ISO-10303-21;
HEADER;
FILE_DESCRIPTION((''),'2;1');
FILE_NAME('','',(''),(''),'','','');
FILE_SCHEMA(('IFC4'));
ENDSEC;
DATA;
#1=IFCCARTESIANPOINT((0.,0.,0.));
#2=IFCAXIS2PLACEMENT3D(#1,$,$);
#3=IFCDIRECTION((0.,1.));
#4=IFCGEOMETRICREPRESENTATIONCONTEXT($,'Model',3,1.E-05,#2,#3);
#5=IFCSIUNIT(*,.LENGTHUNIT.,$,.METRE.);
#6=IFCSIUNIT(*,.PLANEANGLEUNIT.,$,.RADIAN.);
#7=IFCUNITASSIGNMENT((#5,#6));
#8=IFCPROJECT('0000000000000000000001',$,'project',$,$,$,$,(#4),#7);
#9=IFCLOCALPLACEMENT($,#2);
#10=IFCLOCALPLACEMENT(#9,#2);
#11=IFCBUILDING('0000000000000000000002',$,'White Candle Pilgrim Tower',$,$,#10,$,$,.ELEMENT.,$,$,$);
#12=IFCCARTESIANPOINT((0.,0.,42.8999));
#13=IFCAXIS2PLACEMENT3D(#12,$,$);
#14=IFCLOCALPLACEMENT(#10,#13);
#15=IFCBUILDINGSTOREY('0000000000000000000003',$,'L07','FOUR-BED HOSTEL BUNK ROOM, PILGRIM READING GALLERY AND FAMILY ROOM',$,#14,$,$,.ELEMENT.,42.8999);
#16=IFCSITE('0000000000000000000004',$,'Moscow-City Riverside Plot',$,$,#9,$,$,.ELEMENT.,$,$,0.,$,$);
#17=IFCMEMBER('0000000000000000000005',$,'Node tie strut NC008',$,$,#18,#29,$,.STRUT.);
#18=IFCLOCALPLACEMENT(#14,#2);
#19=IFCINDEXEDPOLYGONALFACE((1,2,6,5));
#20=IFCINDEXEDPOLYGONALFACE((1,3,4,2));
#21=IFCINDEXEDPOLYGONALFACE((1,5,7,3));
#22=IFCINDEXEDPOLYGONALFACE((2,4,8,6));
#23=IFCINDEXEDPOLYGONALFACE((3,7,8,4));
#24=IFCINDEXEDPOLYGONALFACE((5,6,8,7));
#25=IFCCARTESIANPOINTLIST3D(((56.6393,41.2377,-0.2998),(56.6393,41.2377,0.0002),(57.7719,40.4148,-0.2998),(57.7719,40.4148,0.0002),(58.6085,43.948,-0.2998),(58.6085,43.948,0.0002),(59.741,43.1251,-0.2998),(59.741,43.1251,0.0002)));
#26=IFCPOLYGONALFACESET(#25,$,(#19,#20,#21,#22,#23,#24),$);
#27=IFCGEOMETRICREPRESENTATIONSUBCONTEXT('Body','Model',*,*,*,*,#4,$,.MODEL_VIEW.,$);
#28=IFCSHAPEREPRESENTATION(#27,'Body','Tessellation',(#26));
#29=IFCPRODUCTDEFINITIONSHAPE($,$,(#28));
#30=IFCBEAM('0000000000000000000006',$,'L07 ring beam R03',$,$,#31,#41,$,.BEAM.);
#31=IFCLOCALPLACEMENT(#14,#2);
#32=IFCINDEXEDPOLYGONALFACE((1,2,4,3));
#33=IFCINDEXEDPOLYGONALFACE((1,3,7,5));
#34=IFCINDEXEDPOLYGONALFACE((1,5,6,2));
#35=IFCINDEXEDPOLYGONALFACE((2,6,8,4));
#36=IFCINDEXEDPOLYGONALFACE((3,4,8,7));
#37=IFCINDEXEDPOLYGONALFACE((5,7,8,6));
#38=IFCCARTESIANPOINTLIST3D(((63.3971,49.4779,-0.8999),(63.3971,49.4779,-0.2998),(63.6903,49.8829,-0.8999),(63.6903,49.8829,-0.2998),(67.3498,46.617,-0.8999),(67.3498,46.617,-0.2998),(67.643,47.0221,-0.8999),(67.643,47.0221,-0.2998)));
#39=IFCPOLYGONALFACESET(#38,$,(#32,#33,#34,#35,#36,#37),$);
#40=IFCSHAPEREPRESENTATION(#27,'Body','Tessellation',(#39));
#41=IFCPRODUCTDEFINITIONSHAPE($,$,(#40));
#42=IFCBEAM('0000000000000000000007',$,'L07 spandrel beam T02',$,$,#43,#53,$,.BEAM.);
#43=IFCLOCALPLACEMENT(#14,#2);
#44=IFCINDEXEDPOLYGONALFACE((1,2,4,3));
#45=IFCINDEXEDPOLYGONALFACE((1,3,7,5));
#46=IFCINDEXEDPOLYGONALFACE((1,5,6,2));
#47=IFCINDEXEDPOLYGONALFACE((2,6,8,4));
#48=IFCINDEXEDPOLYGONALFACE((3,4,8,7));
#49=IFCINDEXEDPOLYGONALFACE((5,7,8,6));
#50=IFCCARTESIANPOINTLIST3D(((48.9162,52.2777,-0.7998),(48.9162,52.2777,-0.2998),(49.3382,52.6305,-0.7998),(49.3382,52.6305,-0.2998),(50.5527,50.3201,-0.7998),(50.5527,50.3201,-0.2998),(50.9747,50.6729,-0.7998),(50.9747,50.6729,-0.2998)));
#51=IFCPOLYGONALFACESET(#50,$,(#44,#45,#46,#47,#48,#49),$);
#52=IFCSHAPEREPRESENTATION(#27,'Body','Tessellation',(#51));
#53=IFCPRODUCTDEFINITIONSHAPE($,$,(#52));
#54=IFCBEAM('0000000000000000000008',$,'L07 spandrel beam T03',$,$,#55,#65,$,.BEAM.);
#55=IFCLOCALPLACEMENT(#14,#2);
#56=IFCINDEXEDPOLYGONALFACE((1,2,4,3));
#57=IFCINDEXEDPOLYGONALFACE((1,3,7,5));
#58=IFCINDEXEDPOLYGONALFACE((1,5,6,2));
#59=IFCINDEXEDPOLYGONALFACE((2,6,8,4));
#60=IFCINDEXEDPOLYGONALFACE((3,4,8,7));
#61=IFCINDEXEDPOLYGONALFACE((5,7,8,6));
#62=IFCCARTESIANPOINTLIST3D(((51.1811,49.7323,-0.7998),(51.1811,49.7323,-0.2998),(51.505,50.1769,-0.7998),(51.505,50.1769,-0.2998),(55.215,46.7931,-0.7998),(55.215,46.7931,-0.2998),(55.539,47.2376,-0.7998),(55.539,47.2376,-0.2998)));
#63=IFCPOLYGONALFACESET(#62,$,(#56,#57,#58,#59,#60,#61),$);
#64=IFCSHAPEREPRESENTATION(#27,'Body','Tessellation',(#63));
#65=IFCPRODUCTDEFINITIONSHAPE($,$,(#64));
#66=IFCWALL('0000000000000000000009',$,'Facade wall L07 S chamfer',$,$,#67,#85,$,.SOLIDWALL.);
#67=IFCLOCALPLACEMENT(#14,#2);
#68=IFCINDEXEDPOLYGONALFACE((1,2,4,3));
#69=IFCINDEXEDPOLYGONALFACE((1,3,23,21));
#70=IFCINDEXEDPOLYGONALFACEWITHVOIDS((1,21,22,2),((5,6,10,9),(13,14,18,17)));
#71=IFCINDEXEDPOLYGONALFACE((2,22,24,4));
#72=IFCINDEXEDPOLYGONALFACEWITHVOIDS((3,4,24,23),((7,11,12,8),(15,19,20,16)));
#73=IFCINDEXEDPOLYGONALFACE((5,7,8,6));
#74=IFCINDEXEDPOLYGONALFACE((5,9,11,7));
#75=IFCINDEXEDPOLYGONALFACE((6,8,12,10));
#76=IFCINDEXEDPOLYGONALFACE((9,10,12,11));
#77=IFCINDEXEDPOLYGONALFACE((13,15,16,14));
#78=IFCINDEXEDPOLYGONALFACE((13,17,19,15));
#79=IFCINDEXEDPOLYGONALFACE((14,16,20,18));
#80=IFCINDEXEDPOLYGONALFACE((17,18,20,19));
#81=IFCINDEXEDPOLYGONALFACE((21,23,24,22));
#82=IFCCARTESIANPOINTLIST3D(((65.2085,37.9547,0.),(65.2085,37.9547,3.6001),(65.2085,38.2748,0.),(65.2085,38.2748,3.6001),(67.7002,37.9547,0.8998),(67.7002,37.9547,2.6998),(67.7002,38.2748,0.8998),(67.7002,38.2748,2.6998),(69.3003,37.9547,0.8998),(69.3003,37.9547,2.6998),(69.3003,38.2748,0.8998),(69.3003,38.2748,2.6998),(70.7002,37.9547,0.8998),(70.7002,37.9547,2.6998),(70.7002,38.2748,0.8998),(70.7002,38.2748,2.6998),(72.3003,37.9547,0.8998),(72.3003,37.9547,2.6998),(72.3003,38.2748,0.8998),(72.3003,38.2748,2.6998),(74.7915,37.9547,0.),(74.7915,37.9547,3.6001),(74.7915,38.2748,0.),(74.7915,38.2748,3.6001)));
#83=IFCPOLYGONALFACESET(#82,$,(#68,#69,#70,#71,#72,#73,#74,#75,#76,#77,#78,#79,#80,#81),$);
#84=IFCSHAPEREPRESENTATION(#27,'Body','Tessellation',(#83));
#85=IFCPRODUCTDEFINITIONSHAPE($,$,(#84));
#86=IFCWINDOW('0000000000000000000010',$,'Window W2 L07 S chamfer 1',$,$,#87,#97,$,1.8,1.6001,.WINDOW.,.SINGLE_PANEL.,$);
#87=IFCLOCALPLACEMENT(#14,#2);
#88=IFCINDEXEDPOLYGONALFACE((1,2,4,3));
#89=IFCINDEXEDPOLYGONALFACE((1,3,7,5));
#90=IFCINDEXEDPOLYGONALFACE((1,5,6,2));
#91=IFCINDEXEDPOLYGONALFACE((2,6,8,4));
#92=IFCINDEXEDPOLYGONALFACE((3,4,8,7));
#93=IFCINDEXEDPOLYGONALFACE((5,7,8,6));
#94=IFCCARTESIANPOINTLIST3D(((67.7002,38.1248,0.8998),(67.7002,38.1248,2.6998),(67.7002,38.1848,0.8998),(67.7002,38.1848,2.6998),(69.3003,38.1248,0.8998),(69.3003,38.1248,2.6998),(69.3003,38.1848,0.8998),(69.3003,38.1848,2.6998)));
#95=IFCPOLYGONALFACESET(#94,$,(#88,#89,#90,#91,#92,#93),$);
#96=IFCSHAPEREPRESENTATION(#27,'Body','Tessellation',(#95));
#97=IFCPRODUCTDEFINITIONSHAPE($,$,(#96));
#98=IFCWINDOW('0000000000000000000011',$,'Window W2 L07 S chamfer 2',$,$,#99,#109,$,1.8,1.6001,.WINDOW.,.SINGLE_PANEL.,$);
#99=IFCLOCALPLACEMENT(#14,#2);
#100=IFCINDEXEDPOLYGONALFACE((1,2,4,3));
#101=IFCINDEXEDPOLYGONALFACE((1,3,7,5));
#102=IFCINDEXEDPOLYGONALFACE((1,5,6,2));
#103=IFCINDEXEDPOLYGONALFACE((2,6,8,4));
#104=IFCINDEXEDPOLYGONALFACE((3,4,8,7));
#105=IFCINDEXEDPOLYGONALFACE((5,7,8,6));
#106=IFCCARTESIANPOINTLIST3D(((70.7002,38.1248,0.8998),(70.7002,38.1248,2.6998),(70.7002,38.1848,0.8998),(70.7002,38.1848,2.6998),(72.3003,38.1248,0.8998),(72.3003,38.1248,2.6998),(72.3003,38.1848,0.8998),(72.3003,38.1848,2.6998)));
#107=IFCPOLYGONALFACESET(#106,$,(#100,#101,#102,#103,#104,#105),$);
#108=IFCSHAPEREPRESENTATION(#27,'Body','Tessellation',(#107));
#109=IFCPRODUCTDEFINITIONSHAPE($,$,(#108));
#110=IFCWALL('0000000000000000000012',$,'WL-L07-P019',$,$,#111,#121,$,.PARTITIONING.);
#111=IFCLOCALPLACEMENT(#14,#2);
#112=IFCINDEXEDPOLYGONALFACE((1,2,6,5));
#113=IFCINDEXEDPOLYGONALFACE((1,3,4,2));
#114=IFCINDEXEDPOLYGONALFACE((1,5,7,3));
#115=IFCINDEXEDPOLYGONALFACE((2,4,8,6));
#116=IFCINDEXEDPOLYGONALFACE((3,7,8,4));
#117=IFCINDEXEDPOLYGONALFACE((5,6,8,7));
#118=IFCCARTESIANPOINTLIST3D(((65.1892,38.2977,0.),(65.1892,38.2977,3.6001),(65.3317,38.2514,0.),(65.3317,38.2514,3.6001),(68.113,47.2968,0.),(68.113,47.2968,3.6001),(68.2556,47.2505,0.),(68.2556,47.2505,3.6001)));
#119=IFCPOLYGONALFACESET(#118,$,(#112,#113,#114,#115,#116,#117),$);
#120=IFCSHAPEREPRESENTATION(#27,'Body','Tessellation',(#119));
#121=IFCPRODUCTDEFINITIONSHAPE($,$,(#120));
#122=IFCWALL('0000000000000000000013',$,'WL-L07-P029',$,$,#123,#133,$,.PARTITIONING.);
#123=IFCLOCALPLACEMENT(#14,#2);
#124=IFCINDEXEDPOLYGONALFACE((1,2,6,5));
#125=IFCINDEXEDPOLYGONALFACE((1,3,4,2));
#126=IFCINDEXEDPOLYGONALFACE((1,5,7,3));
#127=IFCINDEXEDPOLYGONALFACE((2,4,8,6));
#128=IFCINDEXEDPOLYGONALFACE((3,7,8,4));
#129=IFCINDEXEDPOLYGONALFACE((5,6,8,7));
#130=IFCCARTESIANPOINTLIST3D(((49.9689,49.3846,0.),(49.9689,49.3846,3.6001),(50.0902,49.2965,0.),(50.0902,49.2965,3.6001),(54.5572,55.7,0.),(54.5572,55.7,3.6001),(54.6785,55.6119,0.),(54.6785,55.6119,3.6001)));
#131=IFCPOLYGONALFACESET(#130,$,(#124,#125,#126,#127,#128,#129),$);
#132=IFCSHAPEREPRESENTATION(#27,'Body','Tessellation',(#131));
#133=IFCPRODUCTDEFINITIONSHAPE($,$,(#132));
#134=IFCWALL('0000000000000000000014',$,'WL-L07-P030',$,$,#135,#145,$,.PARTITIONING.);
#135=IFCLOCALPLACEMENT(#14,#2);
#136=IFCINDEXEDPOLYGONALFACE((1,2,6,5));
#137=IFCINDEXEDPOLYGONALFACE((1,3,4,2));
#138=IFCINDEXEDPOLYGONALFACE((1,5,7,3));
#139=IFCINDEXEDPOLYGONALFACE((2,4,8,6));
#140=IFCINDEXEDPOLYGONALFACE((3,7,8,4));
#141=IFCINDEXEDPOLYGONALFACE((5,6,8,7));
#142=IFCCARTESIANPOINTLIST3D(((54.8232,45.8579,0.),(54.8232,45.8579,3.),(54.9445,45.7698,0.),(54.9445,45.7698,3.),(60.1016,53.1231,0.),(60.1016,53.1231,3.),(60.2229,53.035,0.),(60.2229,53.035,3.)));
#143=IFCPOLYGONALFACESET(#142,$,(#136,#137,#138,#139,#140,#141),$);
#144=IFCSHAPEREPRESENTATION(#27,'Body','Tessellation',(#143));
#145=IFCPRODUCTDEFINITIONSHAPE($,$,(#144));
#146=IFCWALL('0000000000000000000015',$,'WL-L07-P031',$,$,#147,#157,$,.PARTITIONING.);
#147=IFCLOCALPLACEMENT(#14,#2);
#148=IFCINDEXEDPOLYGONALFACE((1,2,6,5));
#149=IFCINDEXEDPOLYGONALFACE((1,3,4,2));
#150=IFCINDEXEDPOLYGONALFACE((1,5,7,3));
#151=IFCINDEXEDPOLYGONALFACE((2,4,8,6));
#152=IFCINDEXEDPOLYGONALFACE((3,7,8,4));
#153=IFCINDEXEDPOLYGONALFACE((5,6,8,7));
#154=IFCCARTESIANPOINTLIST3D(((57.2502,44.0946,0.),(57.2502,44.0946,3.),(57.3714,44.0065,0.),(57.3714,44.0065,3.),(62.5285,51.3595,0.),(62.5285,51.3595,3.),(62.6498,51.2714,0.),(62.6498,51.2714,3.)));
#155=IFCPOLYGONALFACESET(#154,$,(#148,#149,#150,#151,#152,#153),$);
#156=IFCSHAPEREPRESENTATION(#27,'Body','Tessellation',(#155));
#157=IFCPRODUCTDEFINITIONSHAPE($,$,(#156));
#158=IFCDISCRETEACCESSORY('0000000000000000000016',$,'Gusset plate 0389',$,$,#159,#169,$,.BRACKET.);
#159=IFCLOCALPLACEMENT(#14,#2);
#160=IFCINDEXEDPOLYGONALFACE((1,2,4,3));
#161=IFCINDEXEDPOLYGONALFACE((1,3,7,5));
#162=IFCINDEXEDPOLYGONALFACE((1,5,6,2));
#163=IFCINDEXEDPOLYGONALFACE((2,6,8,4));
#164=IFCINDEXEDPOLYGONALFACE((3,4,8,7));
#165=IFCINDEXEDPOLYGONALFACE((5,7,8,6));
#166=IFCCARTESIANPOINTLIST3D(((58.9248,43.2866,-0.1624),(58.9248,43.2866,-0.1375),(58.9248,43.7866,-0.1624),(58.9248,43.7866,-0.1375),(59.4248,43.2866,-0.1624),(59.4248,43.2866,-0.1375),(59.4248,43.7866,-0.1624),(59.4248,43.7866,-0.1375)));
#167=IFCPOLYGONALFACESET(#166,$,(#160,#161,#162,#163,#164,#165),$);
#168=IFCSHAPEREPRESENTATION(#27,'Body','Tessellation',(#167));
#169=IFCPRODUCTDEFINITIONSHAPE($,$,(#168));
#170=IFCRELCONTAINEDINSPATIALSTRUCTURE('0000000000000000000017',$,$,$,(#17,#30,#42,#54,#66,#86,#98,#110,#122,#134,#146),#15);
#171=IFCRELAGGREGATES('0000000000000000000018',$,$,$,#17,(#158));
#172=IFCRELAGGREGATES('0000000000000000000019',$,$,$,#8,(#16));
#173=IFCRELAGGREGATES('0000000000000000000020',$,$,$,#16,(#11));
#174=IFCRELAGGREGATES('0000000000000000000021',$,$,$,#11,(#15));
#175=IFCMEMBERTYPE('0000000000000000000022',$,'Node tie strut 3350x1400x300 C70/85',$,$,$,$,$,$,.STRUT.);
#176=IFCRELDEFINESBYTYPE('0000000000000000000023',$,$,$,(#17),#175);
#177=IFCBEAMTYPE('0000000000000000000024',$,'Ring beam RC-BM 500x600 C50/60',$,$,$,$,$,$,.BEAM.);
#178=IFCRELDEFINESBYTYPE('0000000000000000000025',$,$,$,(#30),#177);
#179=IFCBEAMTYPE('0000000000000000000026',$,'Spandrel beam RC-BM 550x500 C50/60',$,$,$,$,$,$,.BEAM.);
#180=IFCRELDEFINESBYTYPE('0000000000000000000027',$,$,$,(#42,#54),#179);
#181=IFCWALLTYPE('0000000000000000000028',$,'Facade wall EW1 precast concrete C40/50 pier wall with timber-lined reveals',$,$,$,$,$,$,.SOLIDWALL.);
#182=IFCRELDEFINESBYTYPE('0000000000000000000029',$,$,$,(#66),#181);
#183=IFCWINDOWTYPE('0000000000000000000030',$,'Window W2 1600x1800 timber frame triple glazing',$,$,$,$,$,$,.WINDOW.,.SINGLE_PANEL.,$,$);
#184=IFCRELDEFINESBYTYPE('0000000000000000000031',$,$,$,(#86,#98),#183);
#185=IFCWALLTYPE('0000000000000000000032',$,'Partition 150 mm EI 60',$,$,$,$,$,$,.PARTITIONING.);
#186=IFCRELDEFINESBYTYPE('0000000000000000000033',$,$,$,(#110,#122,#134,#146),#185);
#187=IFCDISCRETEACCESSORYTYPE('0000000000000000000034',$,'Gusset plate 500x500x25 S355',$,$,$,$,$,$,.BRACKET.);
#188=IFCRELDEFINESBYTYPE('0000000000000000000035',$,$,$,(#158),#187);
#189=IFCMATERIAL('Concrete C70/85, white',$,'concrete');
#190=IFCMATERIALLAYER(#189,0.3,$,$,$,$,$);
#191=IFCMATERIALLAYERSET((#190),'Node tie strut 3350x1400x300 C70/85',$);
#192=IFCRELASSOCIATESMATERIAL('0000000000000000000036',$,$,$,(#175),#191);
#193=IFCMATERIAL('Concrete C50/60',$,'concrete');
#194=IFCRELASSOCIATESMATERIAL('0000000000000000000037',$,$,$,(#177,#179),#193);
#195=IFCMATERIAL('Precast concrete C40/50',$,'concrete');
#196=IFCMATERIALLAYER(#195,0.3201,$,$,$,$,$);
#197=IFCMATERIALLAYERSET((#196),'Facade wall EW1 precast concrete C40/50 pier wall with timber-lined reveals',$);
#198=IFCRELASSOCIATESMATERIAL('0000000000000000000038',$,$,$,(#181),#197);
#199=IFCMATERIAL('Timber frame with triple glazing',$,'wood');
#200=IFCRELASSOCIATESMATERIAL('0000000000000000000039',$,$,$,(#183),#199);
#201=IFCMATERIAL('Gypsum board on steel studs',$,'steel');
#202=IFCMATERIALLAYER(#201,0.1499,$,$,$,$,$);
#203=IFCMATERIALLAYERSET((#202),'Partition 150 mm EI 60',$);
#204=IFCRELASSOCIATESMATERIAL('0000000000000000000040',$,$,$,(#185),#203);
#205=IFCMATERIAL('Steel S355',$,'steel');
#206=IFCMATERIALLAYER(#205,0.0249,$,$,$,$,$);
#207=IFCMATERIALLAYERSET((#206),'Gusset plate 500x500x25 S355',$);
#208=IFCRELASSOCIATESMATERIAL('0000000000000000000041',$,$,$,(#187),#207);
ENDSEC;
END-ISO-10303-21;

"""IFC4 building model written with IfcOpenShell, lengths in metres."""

from ifc_helpers import new_model, si_unit, direction, frame, frame_2d, origin, origin_2d, place, context, subcontext, project, spatial, rectangle, extrude, material, layer, layer_set, material_profile, profile_set, type_object, element, fill, aggregate, save


model = new_model("IFC4")

# Units and contexts
model_context = context("Model", 3, precision=1e-05, world=origin(), true_north=direction((0.0, 1.0)))
body_context = subcontext(model_context, "Body", "Model", "MODEL_VIEW")
ifc_project = project(units=[si_unit("LENGTHUNIT", "METRE"), si_unit("PLANEANGLEUNIT", "RADIAN")], contexts=[model_context])

# Site, building, storey
site_placement = place(None, origin())
site = spatial("IfcSite", under=ifc_project, at=site_placement, Name="Moscow-City Riverside Plot", CompositionType="ELEMENT", RefElevation=0.0)
building_placement = place(site_placement, origin())
building = spatial("IfcBuilding", under=site, at=building_placement, Name="White Candle Pilgrim Tower", CompositionType="ELEMENT")
storey_placement = place(building_placement, frame((0.0, 0.0, 42.8999)))
storey = spatial("IfcBuildingStorey", under=building, at=storey_placement, Name="L07", Description="FOUR-BED HOSTEL BUNK ROOM, PILGRIM READING GALLERY AND FAMILY ROOM", CompositionType="ELEMENT", Elevation=42.8999)

# Member
ifc_material_1 = material(Name="Concrete C70/85, white", Category="concrete")
ifc_layer_1 = layer(ifc_material_1, 0.3)
ifc_layer_set_1 = layer_set([ifc_layer_1], Name="Node tie strut 3350x1400x300 C70/85")
member_type_1 = type_object("IfcMemberType", Name="Node tie strut 3350x1400x300 C70/85", PredefinedType="STRUT", material=ifc_layer_set_1)
member_1_placement = place(storey_placement, frame((58.1902, 42.1814, -0.2998), z_axis=(0.0, 0.0, 1.0), x_axis=(0.809017, -0.587785, 0.0)))
member_1 = element("IfcMember", 1, at=member_1_placement, inside=storey, type_object=member_type_1, Name="Node tie strut NC008", PredefinedType="STRUT", context=body_context, shape_type="SweptSolid", body=[
    extrude(rectangle(XDim=1.3999, YDim=3.3501, at=origin_2d()), origin(), (0.0, 0.0, 1.0), 0.3),
])

# Beams
ifc_material_2 = material(Name="Concrete C50/60", Category="concrete")
ifc_material_profile_1 = material_profile(ifc_material_2, rectangle(XDim=0.5, YDim=0.6001, at=origin_2d()), Name="RC-BM 500x600")
ifc_profile_set_1 = profile_set([ifc_material_profile_1], Name="Concrete C50/60")
beam_type_1 = type_object("IfcBeamType", Name="Ring beam RC-BM 500x600 C50/60", PredefinedType="BEAM", material=ifc_profile_set_1)
beam_1_placement = place(storey_placement, frame((63.5437, 49.6804, -0.5999), z_axis=(0.81008, -0.58632, 0.0), x_axis=(0.58632, 0.81008, 0.0)))
element("IfcBeam", 2, at=beam_1_placement, inside=storey, type_object=beam_type_1, Name="L07 ring beam R03", PredefinedType="BEAM", context=body_context, shape_type="SweptSolid", body=[
    extrude(rectangle(XDim=0.5, YDim=0.6001, at=origin_2d()), origin(), (0.0, 0.0, 1.0), 4.8794),
])
ifc_material_profile_2 = material_profile(ifc_material_2, rectangle(XDim=0.55, YDim=0.5, at=origin_2d()), Name="RC-BM 550x500")
ifc_profile_set_2 = profile_set([ifc_material_profile_2], Name="Concrete C50/60")
beam_type_2 = type_object("IfcBeamType", Name="Spandrel beam RC-BM 550x500 C50/60", PredefinedType="BEAM", material=ifc_profile_set_2)
beam_2_placement = place(storey_placement, frame((49.1272, 52.4541, -0.5498), z_axis=(0.641388, -0.767216, 0.0), x_axis=(0.767216, 0.641388, 0.0)))
element("IfcBeam", 3, at=beam_2_placement, inside=storey, type_object=beam_type_2, Name="L07 spandrel beam T02", PredefinedType="BEAM", context=body_context, shape_type="SweptSolid", body=[
    extrude(rectangle(XDim=0.55, YDim=0.5, at=origin_2d()), origin(), (0.0, 0.0, 1.0), 2.5515),
])
beam_3_placement = place(storey_placement, frame((51.343, 49.9546, -0.5498), z_axis=(0.808218, -0.588884, 0.0), x_axis=(0.588884, 0.808218, 0.0)))
element("IfcBeam", 4, at=beam_3_placement, inside=storey, type_object=beam_type_2, Name="L07 spandrel beam T03", PredefinedType="BEAM", context=body_context, shape_type="SweptSolid", body=[
    extrude(rectangle(XDim=0.55, YDim=0.5, at=origin_2d()), origin(), (0.0, 0.0, 1.0), 4.9912),
])

# Wall, openings, windows
ifc_material_3 = material(Name="Precast concrete C40/50", Category="concrete")
ifc_layer_2 = layer(ifc_material_3, 0.3201)
ifc_layer_set_2 = layer_set([ifc_layer_2], Name="Facade wall EW1 precast concrete C40/50 pier wall with timber-lined reveals")
wall_type_1 = type_object("IfcWallType", Name="Facade wall EW1 precast concrete C40/50 pier wall with timber-lined reveals", PredefinedType="SOLIDWALL", material=ifc_layer_set_2)
wall_1_placement = place(storey_placement, frame((65.2085, 38.1147, 0.0), z_axis=(0.0, 0.0, 1.0), x_axis=(1.0, 0.0, 0.0)))
wall_1 = element("IfcWall", 5, at=wall_1_placement, inside=storey, type_object=wall_type_1, Name="Facade wall L07 S chamfer", PredefinedType="SOLIDWALL", context=body_context, shape_type="SweptSolid", body=[
    extrude(rectangle(XDim=9.583, YDim=0.3201, at=frame_2d((4.7915, 0.0))), origin(), (0.0, 0.0, 1.0), 3.6001),
])
opening_1_placement = place(wall_1_placement, frame((2.4917, 0.0, 0.8999)))
opening_1 = element("IfcOpeningElement", 6, at=opening_1_placement, cuts=wall_1, PredefinedType="OPENING", context=body_context, shape_type="SweptSolid", body=[
    extrude(rectangle(XDim=1.6001, YDim=1.8, at=frame_2d((0.8, 0.8999))), frame((0.0, 0.1699, 0.0), z_axis=(0.0, -1.0, 0.0), x_axis=(1.0, 0.0, 0.0)), (0.0, 0.0, 1.0), 0.3401),
])
opening_2_placement = place(wall_1_placement, frame((5.4917, 0.0, 0.8999)))
opening_2 = element("IfcOpeningElement", 7, at=opening_2_placement, cuts=wall_1, PredefinedType="OPENING", context=body_context, shape_type="SweptSolid", body=[
    extrude(rectangle(XDim=1.6001, YDim=1.8, at=frame_2d((0.8, 0.8999))), frame((0.0, 0.1699, 0.0), z_axis=(0.0, -1.0, 0.0), x_axis=(1.0, 0.0, 0.0)), (0.0, 0.0, 1.0), 0.3401),
])
ifc_material_4 = material(Name="Timber frame with triple glazing", Category="wood")
window_type = type_object("IfcWindowType", Name="Window W2 1600x1800 timber frame triple glazing", PartitioningType="SINGLE_PANEL", PredefinedType="WINDOW", material=ifc_material_4)
window_1_placement = place(opening_1_placement, origin())
window_1 = element("IfcWindow", 8, at=window_1_placement, inside=storey, type_object=window_type, Name="Window W2 L07 S chamfer 1", OverallHeight=1.8, OverallWidth=1.6001, PartitioningType="SINGLE_PANEL", PredefinedType="WINDOW", context=body_context, shape_type="SweptSolid", body=[
    extrude(rectangle(XDim=1.6001, YDim=1.8, at=frame_2d((0.8, 0.8999))), frame((0.0, 0.0701, 0.0), z_axis=(0.0, -1.0, 0.0), x_axis=(1.0, 0.0, 0.0)), (0.0, 0.0, 1.0), 0.0601),
])
fill(opening_1, window_1)
window_2_placement = place(opening_2_placement, origin())
window_2 = element("IfcWindow", 9, at=window_2_placement, inside=storey, type_object=window_type, Name="Window W2 L07 S chamfer 2", OverallHeight=1.8, OverallWidth=1.6001, PartitioningType="SINGLE_PANEL", PredefinedType="WINDOW", context=body_context, shape_type="SweptSolid", body=[
    extrude(rectangle(XDim=1.6001, YDim=1.8, at=frame_2d((0.8, 0.8999))), frame((0.0, 0.0701, 0.0), z_axis=(0.0, -1.0, 0.0), x_axis=(1.0, 0.0, 0.0)), (0.0, 0.0, 1.0), 0.0601),
])
fill(opening_2, window_2)

# Walls
ifc_material_5 = material(Name="Gypsum board on steel studs", Category="steel")
ifc_layer_3 = layer(ifc_material_5, 0.1499)
ifc_layer_set_3 = layer_set([ifc_layer_3], Name="Partition 150 mm EI 60")
wall_type_2 = type_object("IfcWallType", Name="Partition 150 mm EI 60", PredefinedType="PARTITIONING", material=ifc_layer_set_3)
wall_2_placement = place(storey_placement, frame((65.2605, 38.2747, 0.0), z_axis=(0.0, 0.0, 1.0), x_axis=(0.309004, 0.951061, 0.0)))
element("IfcWall", 10, at=wall_2_placement, inside=storey, type_object=wall_type_2, Name="WL-L07-P019", PredefinedType="PARTITIONING", context=body_context, shape_type="SweptSolid", body=[
    extrude(rectangle(XDim=9.4622, YDim=0.1499, at=frame_2d((4.731, 0.0))), origin(), (0.0, 0.0, 1.0), 3.6001),
])
wall_3_placement = place(storey_placement, frame((50.0295, 49.3406, 0.0), z_axis=(0.0, 0.0, 1.0), x_axis=(0.587781, 0.80902, 0.0)))
element("IfcWall", 11, at=wall_3_placement, inside=storey, type_object=wall_type_2, Name="WL-L07-P029", PredefinedType="PARTITIONING", context=body_context, shape_type="SweptSolid", body=[
    extrude(rectangle(XDim=7.8062, YDim=0.1499, at=frame_2d((3.9031, 0.0))), origin(), (0.0, 0.0, 1.0), 3.6001),
])
wall_4_placement = place(storey_placement, frame((54.8838, 45.8137, 0.0), z_axis=(0.0, 0.0, 1.0), x_axis=(0.587777, 0.809023, 0.0)))
element("IfcWall", 12, at=wall_4_placement, inside=storey, type_object=wall_type_2, Name="WL-L07-P030", PredefinedType="PARTITIONING", context=body_context, shape_type="SweptSolid", body=[
    extrude(rectangle(XDim=8.9802, YDim=0.1499, at=frame_2d((4.4902, 0.0))), origin(), (0.0, 0.0, 1.0), 3.0),
])
for number, where, z_axis, x_axis, name in (
    (13, (57.3108, 44.0505, 0.0), (0.0, 0.0, 1.0), (0.58779, 0.809013, 0.0), "WL-L07-P031"),
):
    element("IfcWall", number, at=place(storey_placement, frame(where, z_axis=z_axis, x_axis=x_axis)), inside=storey, type_object=wall_type_2, Name=name, PredefinedType="PARTITIONING", context=body_context, shape_type="SweptSolid", body=[
        extrude(rectangle(XDim=8.98, YDim=0.1499, at=frame_2d((4.49, 0.0))), origin(), (0.0, 0.0, 1.0), 3.0),
    ])

# Discrete accessory
ifc_material_6 = material(Name="Steel S355", Category="steel")
ifc_layer_4 = layer(ifc_material_6, 0.0249)
ifc_layer_set_4 = layer_set([ifc_layer_4], Name="Gusset plate 500x500x25 S355")
discrete_accessory_type = type_object("IfcDiscreteAccessoryType", Name="Gusset plate 500x500x25 S355", PredefinedType="BRACKET", material=ifc_layer_set_4)
discrete_accessory_1_placement = place(storey_placement, frame((59.1748, 43.5366, -0.1624), z_axis=(0.0, 0.0, 1.0), x_axis=(1.0, 0.0, 0.0)))
discrete_accessory_1 = element("IfcDiscreteAccessory", 14, at=discrete_accessory_1_placement, type_object=discrete_accessory_type, Name="Gusset plate 0389", PredefinedType="BRACKET", context=body_context, shape_type="SweptSolid", body=[
    extrude(rectangle(XDim=0.5, YDim=0.5, at=origin_2d()), origin(), (0.0, 0.0, 1.0), 0.0249),
])
aggregate(member_1, [discrete_accessory_1])

save(model, "model.ifc")
